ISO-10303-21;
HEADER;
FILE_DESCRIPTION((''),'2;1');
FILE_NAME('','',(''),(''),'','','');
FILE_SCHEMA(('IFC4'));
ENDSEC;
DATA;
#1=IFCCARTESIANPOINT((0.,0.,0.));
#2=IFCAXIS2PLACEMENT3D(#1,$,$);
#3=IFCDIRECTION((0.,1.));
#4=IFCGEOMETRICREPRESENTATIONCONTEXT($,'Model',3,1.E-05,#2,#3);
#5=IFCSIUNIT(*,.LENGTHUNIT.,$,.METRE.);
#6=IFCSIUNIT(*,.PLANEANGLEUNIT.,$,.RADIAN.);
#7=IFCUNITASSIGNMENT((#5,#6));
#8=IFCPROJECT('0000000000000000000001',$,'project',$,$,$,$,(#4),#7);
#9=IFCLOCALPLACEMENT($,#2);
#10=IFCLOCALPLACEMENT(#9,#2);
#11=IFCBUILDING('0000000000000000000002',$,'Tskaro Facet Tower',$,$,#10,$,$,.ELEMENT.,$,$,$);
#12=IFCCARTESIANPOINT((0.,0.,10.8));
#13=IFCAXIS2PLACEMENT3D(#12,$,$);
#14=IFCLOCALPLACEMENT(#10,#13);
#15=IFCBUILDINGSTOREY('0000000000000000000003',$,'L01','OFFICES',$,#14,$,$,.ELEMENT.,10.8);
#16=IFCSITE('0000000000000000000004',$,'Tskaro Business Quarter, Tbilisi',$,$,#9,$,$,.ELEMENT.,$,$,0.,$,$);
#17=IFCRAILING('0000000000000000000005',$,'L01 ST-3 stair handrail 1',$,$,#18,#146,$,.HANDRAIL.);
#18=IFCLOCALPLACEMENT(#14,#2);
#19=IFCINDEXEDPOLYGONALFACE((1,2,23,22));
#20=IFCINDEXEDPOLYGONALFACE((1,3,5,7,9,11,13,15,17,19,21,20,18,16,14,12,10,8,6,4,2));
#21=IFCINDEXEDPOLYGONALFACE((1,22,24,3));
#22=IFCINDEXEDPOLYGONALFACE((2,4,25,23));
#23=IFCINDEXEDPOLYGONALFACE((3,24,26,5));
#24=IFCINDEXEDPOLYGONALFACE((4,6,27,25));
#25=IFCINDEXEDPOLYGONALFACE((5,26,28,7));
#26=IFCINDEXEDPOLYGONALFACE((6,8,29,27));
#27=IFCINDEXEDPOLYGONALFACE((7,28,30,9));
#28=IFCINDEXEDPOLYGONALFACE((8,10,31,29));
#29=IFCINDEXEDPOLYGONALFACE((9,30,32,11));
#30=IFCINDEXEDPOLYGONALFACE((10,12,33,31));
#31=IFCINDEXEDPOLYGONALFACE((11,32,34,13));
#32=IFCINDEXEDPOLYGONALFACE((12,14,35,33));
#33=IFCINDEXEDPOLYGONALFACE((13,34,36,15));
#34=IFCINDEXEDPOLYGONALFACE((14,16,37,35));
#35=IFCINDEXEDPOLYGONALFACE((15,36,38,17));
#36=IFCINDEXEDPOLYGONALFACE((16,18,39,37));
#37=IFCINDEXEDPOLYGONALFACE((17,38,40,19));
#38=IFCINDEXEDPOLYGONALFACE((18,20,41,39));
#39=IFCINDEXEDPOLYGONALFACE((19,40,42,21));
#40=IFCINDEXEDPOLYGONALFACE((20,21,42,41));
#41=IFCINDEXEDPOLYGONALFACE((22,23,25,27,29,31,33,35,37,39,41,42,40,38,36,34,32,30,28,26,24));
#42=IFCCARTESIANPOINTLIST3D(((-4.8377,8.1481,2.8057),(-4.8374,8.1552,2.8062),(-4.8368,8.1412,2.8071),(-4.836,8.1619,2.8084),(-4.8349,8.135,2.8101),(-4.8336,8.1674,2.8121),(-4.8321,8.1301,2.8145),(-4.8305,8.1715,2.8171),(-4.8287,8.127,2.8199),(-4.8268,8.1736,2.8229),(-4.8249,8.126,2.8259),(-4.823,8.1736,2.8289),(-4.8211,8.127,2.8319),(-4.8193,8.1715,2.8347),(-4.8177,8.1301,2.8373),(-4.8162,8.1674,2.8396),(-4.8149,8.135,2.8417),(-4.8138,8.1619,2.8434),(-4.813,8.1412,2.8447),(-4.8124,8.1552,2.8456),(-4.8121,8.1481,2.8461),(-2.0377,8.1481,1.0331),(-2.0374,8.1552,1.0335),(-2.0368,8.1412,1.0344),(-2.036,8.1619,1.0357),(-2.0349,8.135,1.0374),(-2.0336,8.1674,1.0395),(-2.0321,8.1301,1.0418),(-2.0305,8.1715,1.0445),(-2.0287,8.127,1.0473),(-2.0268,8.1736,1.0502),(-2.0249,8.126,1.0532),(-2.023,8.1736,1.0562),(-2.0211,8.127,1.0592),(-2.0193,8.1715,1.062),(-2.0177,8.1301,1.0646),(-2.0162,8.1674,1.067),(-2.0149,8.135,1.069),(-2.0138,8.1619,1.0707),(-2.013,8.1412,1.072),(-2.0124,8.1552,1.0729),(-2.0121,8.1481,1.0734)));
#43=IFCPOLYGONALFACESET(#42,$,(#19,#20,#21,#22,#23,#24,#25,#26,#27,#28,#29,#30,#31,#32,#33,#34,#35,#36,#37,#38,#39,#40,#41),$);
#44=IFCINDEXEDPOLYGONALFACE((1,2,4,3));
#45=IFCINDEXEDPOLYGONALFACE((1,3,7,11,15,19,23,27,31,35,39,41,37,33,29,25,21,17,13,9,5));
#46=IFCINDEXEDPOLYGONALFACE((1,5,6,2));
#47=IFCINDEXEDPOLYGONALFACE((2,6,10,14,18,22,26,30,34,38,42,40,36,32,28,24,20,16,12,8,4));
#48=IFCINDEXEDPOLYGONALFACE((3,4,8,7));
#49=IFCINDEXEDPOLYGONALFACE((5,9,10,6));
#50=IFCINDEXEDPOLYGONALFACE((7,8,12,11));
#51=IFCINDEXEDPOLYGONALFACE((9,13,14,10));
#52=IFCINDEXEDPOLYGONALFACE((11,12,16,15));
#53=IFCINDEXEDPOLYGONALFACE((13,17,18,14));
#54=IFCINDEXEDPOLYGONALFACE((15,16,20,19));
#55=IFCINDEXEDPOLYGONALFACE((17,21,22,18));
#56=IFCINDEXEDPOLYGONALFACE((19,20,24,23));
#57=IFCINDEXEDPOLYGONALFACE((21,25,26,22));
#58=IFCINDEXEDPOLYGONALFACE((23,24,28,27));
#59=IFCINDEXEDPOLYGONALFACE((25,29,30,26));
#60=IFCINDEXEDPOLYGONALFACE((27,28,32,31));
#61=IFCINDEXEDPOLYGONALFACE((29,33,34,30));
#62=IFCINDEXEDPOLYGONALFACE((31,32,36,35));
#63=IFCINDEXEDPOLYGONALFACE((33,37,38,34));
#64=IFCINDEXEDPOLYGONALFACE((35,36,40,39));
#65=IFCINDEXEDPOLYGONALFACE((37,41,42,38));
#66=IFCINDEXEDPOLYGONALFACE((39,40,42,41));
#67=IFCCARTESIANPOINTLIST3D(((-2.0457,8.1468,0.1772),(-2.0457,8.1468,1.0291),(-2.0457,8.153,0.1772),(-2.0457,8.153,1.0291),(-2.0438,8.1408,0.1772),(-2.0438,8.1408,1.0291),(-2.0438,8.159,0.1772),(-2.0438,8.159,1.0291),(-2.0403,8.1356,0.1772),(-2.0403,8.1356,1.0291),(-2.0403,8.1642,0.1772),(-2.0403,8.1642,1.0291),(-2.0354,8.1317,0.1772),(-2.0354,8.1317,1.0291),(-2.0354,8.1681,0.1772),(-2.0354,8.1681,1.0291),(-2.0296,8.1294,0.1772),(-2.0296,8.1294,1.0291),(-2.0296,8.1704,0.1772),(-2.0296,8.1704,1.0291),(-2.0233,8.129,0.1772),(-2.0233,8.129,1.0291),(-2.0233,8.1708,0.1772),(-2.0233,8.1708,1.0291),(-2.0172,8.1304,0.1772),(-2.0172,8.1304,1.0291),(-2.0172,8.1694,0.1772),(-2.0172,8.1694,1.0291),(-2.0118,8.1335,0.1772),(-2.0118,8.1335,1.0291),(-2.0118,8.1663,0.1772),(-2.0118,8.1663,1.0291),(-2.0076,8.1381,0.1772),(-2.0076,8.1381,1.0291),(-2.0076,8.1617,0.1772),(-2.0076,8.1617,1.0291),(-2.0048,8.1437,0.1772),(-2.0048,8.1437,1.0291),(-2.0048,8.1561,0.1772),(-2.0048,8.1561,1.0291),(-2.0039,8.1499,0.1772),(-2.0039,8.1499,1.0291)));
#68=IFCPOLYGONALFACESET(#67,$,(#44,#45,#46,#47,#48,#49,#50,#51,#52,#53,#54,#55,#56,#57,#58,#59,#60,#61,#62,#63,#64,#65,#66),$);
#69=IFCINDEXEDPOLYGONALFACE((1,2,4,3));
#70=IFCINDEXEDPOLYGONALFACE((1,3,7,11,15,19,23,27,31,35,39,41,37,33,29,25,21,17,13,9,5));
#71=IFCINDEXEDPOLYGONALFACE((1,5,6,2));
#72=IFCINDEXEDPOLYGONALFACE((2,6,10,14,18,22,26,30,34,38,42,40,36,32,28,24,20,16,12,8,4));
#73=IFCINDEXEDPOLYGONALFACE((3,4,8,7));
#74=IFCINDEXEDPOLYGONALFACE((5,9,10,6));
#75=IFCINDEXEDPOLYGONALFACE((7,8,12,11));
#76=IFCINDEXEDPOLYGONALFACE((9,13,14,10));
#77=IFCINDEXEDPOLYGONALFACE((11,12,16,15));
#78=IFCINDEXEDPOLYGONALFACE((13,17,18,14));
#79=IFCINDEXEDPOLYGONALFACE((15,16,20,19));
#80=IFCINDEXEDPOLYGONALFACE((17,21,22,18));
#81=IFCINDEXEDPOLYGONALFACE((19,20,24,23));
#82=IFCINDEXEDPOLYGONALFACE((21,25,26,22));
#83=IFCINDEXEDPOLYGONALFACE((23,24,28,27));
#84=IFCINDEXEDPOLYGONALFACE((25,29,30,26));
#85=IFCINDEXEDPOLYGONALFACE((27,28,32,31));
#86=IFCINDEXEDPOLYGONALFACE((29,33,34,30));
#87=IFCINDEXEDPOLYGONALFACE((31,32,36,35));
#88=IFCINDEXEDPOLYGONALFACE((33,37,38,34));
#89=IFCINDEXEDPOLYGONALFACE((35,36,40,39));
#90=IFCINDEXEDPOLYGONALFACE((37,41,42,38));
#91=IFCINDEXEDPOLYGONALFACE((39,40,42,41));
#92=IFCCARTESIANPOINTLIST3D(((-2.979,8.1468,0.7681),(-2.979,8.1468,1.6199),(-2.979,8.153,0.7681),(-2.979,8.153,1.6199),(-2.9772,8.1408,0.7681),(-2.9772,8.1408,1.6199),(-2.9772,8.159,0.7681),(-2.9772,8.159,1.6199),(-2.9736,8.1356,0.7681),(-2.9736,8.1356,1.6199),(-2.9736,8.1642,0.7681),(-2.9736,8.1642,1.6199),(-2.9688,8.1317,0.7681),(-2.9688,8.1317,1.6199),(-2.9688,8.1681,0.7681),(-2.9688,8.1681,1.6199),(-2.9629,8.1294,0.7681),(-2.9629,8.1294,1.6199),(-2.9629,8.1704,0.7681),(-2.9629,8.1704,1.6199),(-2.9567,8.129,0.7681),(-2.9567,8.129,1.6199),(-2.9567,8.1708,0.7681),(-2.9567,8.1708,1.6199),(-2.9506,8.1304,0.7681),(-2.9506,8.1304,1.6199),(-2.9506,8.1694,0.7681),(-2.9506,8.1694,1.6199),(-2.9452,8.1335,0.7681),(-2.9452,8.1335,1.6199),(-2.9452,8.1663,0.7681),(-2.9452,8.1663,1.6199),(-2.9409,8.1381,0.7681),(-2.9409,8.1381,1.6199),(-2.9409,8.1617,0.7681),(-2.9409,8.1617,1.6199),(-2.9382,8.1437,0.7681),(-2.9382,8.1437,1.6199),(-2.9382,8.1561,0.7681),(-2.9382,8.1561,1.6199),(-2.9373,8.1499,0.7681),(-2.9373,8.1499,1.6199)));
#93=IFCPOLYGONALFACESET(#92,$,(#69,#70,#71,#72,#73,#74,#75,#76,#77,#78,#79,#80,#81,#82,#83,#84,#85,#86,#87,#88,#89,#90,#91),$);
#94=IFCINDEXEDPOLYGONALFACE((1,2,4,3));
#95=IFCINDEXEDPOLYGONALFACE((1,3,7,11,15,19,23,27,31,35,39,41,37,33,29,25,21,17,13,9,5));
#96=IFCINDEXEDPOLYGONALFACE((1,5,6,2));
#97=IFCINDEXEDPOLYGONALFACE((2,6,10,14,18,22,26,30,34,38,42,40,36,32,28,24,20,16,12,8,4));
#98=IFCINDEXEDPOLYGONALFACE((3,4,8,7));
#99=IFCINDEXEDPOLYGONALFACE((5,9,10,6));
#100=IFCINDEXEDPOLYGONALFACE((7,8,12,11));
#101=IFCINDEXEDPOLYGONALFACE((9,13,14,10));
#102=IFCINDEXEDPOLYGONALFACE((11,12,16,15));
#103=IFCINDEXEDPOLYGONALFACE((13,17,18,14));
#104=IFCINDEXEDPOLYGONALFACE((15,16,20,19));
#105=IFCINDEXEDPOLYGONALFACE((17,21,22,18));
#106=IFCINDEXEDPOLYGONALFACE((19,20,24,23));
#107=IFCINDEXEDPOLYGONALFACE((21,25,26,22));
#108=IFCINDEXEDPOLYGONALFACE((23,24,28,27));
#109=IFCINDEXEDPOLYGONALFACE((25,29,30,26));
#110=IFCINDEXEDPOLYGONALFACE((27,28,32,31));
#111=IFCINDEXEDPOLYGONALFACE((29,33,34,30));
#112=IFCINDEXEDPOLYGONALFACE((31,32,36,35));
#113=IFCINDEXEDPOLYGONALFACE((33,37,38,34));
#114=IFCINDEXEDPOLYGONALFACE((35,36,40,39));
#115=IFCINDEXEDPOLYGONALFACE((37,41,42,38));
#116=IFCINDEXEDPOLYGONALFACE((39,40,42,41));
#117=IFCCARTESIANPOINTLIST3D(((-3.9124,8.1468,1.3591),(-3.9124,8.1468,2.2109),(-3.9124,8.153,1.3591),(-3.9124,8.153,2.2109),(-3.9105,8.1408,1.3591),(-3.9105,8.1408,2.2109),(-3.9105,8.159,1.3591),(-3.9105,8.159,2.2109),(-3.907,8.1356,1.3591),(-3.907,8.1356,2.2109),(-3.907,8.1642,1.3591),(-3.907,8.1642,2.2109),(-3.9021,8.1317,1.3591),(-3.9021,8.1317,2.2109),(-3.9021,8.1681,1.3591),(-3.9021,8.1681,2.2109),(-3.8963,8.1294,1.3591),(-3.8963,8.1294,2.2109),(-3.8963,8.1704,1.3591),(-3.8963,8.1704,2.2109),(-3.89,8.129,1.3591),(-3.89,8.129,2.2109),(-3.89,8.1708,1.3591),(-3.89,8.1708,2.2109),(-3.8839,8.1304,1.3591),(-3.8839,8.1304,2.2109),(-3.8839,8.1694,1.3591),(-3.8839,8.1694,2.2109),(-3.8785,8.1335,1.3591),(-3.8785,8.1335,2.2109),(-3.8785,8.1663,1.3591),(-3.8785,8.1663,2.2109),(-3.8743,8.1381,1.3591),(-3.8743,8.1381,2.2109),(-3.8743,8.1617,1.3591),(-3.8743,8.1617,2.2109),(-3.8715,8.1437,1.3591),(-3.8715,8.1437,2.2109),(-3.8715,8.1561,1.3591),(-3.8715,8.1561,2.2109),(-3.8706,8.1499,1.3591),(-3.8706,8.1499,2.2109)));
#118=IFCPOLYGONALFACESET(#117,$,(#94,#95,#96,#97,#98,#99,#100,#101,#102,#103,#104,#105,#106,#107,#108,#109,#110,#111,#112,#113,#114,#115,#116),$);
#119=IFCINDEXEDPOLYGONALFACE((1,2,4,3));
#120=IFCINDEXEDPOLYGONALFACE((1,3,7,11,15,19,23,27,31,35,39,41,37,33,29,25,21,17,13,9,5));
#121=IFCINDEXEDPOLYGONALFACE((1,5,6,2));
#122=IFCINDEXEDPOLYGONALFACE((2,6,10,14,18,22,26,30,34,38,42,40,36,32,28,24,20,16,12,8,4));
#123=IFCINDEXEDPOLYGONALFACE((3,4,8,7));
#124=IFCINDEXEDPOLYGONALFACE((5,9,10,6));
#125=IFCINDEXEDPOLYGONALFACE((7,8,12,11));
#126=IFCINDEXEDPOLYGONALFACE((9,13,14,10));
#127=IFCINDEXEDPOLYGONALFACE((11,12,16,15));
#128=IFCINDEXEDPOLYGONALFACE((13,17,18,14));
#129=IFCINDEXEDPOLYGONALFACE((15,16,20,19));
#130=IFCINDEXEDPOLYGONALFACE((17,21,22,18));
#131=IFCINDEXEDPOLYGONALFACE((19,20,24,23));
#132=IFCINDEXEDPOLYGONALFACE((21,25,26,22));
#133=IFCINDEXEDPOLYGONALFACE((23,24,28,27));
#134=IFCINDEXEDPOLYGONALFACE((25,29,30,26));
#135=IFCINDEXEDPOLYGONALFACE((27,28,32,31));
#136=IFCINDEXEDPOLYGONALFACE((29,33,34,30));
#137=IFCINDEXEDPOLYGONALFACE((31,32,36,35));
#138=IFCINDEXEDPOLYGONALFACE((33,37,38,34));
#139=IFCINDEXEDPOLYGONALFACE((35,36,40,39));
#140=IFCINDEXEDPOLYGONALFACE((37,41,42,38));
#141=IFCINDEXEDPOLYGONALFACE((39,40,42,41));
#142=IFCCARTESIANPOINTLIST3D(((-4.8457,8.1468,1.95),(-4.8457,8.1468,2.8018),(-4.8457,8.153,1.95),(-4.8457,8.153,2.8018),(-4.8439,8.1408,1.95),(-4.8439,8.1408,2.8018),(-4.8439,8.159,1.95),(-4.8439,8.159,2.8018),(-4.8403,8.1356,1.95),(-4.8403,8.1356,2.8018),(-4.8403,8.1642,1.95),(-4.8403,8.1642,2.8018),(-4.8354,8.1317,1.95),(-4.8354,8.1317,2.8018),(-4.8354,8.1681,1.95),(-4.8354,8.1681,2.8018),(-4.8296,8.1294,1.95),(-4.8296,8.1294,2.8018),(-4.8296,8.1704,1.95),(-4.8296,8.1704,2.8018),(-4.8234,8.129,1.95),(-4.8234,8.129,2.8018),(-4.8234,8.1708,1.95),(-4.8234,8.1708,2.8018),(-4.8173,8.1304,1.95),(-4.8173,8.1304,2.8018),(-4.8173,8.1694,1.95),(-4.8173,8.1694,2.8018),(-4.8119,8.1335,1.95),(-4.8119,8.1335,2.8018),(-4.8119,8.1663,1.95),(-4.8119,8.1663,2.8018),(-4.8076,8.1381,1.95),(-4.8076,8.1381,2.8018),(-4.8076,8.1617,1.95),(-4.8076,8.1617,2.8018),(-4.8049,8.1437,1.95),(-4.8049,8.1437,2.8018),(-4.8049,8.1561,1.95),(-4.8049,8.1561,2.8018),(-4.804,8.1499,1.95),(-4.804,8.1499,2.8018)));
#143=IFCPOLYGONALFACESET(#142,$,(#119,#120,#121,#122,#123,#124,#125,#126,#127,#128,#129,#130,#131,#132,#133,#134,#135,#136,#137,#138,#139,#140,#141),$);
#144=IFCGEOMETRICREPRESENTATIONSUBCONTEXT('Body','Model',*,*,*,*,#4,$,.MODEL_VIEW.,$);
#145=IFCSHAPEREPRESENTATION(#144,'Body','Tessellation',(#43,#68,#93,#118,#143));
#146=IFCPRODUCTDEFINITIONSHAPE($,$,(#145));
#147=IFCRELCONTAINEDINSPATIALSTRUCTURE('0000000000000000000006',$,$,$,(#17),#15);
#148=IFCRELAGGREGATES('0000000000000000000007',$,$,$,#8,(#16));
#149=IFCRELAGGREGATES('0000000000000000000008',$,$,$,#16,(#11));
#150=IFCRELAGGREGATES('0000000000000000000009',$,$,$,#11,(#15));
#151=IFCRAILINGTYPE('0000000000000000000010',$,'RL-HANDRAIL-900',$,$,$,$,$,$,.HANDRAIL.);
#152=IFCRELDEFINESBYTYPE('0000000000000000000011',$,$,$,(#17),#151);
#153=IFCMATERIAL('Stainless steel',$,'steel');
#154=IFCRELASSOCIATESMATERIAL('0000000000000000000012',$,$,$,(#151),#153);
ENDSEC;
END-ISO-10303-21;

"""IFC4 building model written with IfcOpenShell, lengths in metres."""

from ifc_helpers import new_model, si_unit, direction, frame, origin, origin_2d, place, context, subcontext, project, spatial, circle, extrude, material, type_object, element, save


model = new_model("IFC4")

# Units and contexts
model_context = context("Model", 3, precision=1e-05, world=origin(), true_north=direction((0.0, 1.0)))
body_context = subcontext(model_context, "Body", "Model", "MODEL_VIEW")
ifc_project = project(units=[si_unit("LENGTHUNIT", "METRE"), si_unit("PLANEANGLEUNIT", "RADIAN")], contexts=[model_context])

# Site, building, storey
site_placement = place(None, origin())
site = spatial("IfcSite", under=ifc_project, at=site_placement, Name="Tskaro Business Quarter, Tbilisi", CompositionType="ELEMENT", RefElevation=0.0)
building_placement = place(site_placement, origin())
building = spatial("IfcBuilding", under=site, at=building_placement, Name="Tskaro Facet Tower", CompositionType="ELEMENT")
storey_placement = place(building_placement, frame((0.0, 0.0, 10.8)))
storey = spatial("IfcBuildingStorey", under=building, at=storey_placement, Name="L01", Description="OFFICES", CompositionType="ELEMENT", Elevation=10.8)

# Railing
ifc_material_1 = material(Name="Stainless steel", Category="steel")
railing_type_1 = type_object("IfcRailingType", Name="RL-HANDRAIL-900", PredefinedType="HANDRAIL", material=ifc_material_1)
railing_1_placement = place(storey_placement, frame((-2.0249, 8.1499, 0.1772)))
element("IfcRailing", 1, at=railing_1_placement, inside=storey, type_object=railing_type_1, Name="L01 ST-3 stair handrail 1", PredefinedType="HANDRAIL", context=body_context, shape_type="SweptSolid", body=[
    extrude(circle(Radius=0.0239, at=origin_2d()), frame((0.0, 0.0, 0.876), z_axis=(-0.844909, 0.0, 0.53491), x_axis=(0.0, -1.0, 0.0)), (0.0, 0.0, 1.0), 3.314),
    extrude(circle(Radius=0.021, at=origin_2d()), origin(), (0.0, 0.0, 1.0), 0.8518),
    extrude(circle(Radius=0.021, at=origin_2d()), frame((-0.9333, 0.0, 0.5908)), (0.0, 0.0, 1.0), 0.8518),
    extrude(circle(Radius=0.021, at=origin_2d()), frame((-1.8667, 0.0, 1.1819)), (0.0, 0.0, 1.0), 0.8518),
    extrude(circle(Radius=0.021, at=origin_2d()), frame((-2.8, 0.0, 1.7727)), (0.0, 0.0, 1.0), 0.8518),
])

save(model, "model.ifc")
